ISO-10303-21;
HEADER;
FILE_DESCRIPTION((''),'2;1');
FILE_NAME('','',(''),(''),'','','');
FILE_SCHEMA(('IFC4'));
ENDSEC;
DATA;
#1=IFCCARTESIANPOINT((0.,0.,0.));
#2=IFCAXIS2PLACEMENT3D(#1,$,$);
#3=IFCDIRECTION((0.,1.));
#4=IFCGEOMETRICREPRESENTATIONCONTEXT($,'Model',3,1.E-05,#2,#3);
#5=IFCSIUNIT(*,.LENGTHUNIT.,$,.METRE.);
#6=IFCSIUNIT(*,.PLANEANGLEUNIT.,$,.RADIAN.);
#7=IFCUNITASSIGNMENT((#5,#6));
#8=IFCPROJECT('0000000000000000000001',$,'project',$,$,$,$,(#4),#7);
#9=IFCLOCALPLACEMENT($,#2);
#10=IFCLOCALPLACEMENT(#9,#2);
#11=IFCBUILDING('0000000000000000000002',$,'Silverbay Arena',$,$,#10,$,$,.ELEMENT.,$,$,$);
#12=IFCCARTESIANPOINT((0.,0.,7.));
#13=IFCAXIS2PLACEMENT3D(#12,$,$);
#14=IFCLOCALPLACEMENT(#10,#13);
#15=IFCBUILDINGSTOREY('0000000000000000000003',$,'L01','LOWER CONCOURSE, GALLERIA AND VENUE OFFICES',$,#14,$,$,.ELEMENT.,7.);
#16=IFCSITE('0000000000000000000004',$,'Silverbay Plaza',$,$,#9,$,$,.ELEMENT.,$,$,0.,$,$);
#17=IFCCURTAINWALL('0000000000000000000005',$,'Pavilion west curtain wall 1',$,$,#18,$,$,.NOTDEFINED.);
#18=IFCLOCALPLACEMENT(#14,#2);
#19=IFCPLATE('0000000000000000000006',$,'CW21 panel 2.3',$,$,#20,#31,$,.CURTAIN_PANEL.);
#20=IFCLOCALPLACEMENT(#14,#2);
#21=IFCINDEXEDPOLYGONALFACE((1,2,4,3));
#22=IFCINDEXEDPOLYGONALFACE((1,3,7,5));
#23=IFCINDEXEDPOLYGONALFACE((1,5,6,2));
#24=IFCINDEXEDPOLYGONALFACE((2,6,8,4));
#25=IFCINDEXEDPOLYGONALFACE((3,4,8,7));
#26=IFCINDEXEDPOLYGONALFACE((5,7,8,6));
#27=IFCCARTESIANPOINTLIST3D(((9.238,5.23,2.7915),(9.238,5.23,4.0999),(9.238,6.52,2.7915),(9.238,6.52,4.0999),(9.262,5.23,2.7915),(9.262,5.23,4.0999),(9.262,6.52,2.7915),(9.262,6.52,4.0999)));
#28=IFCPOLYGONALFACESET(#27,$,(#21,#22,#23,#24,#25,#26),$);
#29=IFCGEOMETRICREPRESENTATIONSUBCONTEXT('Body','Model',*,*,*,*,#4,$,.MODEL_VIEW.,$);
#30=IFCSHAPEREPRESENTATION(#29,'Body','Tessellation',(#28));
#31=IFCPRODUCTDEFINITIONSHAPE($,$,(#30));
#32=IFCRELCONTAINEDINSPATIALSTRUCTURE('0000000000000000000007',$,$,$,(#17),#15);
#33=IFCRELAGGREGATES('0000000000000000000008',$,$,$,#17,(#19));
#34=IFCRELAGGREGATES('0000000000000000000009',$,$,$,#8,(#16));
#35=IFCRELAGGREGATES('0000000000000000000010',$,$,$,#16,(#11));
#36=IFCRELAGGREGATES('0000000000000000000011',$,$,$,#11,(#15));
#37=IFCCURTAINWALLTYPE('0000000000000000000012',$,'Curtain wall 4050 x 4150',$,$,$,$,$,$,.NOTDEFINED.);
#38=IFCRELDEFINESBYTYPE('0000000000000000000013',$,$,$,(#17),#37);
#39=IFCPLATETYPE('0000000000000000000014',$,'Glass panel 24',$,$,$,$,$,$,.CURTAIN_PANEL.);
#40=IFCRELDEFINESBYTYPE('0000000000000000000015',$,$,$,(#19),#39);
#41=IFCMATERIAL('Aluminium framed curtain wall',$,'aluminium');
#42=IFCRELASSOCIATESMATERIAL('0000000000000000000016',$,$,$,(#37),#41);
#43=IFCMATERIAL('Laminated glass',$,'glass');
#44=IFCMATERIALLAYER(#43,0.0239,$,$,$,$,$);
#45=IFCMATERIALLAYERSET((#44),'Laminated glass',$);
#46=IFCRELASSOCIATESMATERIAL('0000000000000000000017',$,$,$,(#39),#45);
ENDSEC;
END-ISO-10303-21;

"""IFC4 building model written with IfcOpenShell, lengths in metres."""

from ifc_helpers import new_model, si_unit, direction, frame, origin, origin_2d, place, context, subcontext, project, spatial, rectangle, extrude, material, layer, layer_set, type_object, element, aggregate, save


model = new_model("IFC4")

# Units and contexts
model_context = context("Model", 3, precision=1e-05, world=origin(), true_north=direction((0.0, 1.0)))
body_context = subcontext(model_context, "Body", "Model", "MODEL_VIEW")
ifc_project = project(units=[si_unit("LENGTHUNIT", "METRE"), si_unit("PLANEANGLEUNIT", "RADIAN")], contexts=[model_context])

# Site, building, storey
site_placement = place(None, origin())
site = spatial("IfcSite", under=ifc_project, at=site_placement, Name="Silverbay Plaza", CompositionType="ELEMENT", RefElevation=0.0)
building_placement = place(site_placement, origin())
building = spatial("IfcBuilding", under=site, at=building_placement, Name="Silverbay Arena", CompositionType="ELEMENT")
storey_placement = place(building_placement, frame((0.0, 0.0, 7.0)))
storey = spatial("IfcBuildingStorey", under=building, at=storey_placement, Name="L01", Description="LOWER CONCOURSE, GALLERIA AND VENUE OFFICES", CompositionType="ELEMENT", Elevation=7.0)

# Curtain wall
ifc_material_1 = material(Name="Aluminium framed curtain wall", Category="aluminium")
curtain_wall_type = type_object("IfcCurtainWallType", Name="Curtain wall 4050 x 4150", PredefinedType="NOTDEFINED", material=ifc_material_1)
curtain_wall_1_placement = place(storey_placement, origin())
curtain_wall_1 = element("IfcCurtainWall", 1, at=curtain_wall_1_placement, inside=storey, type_object=curtain_wall_type, Name="Pavilion west curtain wall 1", PredefinedType="NOTDEFINED")

# Plate
ifc_material_2 = material(Name="Laminated glass", Category="glass")
ifc_layer = layer(ifc_material_2, 0.0239)
ifc_layer_set = layer_set([ifc_layer], Name="Laminated glass")
plate_type = type_object("IfcPlateType", Name="Glass panel 24", PredefinedType="CURTAIN_PANEL", material=ifc_layer_set)
plate_1_placement = place(storey_placement, frame((9.25, 5.875, 2.7915), z_axis=(0.0, 0.0, 1.0), x_axis=(0.0, 1.0, 0.0)))
plate_1 = element("IfcPlate", 2, at=plate_1_placement, type_object=plate_type, Name="CW21 panel 2.3", PredefinedType="CURTAIN_PANEL", context=body_context, shape_type="SweptSolid", body=[
    extrude(rectangle(XDim=1.29, YDim=0.0239, at=origin_2d()), origin(), (0.0, 0.0, 1.0), 1.3083),
])
aggregate(curtain_wall_1, [plate_1])

save(model, "model.ifc")
